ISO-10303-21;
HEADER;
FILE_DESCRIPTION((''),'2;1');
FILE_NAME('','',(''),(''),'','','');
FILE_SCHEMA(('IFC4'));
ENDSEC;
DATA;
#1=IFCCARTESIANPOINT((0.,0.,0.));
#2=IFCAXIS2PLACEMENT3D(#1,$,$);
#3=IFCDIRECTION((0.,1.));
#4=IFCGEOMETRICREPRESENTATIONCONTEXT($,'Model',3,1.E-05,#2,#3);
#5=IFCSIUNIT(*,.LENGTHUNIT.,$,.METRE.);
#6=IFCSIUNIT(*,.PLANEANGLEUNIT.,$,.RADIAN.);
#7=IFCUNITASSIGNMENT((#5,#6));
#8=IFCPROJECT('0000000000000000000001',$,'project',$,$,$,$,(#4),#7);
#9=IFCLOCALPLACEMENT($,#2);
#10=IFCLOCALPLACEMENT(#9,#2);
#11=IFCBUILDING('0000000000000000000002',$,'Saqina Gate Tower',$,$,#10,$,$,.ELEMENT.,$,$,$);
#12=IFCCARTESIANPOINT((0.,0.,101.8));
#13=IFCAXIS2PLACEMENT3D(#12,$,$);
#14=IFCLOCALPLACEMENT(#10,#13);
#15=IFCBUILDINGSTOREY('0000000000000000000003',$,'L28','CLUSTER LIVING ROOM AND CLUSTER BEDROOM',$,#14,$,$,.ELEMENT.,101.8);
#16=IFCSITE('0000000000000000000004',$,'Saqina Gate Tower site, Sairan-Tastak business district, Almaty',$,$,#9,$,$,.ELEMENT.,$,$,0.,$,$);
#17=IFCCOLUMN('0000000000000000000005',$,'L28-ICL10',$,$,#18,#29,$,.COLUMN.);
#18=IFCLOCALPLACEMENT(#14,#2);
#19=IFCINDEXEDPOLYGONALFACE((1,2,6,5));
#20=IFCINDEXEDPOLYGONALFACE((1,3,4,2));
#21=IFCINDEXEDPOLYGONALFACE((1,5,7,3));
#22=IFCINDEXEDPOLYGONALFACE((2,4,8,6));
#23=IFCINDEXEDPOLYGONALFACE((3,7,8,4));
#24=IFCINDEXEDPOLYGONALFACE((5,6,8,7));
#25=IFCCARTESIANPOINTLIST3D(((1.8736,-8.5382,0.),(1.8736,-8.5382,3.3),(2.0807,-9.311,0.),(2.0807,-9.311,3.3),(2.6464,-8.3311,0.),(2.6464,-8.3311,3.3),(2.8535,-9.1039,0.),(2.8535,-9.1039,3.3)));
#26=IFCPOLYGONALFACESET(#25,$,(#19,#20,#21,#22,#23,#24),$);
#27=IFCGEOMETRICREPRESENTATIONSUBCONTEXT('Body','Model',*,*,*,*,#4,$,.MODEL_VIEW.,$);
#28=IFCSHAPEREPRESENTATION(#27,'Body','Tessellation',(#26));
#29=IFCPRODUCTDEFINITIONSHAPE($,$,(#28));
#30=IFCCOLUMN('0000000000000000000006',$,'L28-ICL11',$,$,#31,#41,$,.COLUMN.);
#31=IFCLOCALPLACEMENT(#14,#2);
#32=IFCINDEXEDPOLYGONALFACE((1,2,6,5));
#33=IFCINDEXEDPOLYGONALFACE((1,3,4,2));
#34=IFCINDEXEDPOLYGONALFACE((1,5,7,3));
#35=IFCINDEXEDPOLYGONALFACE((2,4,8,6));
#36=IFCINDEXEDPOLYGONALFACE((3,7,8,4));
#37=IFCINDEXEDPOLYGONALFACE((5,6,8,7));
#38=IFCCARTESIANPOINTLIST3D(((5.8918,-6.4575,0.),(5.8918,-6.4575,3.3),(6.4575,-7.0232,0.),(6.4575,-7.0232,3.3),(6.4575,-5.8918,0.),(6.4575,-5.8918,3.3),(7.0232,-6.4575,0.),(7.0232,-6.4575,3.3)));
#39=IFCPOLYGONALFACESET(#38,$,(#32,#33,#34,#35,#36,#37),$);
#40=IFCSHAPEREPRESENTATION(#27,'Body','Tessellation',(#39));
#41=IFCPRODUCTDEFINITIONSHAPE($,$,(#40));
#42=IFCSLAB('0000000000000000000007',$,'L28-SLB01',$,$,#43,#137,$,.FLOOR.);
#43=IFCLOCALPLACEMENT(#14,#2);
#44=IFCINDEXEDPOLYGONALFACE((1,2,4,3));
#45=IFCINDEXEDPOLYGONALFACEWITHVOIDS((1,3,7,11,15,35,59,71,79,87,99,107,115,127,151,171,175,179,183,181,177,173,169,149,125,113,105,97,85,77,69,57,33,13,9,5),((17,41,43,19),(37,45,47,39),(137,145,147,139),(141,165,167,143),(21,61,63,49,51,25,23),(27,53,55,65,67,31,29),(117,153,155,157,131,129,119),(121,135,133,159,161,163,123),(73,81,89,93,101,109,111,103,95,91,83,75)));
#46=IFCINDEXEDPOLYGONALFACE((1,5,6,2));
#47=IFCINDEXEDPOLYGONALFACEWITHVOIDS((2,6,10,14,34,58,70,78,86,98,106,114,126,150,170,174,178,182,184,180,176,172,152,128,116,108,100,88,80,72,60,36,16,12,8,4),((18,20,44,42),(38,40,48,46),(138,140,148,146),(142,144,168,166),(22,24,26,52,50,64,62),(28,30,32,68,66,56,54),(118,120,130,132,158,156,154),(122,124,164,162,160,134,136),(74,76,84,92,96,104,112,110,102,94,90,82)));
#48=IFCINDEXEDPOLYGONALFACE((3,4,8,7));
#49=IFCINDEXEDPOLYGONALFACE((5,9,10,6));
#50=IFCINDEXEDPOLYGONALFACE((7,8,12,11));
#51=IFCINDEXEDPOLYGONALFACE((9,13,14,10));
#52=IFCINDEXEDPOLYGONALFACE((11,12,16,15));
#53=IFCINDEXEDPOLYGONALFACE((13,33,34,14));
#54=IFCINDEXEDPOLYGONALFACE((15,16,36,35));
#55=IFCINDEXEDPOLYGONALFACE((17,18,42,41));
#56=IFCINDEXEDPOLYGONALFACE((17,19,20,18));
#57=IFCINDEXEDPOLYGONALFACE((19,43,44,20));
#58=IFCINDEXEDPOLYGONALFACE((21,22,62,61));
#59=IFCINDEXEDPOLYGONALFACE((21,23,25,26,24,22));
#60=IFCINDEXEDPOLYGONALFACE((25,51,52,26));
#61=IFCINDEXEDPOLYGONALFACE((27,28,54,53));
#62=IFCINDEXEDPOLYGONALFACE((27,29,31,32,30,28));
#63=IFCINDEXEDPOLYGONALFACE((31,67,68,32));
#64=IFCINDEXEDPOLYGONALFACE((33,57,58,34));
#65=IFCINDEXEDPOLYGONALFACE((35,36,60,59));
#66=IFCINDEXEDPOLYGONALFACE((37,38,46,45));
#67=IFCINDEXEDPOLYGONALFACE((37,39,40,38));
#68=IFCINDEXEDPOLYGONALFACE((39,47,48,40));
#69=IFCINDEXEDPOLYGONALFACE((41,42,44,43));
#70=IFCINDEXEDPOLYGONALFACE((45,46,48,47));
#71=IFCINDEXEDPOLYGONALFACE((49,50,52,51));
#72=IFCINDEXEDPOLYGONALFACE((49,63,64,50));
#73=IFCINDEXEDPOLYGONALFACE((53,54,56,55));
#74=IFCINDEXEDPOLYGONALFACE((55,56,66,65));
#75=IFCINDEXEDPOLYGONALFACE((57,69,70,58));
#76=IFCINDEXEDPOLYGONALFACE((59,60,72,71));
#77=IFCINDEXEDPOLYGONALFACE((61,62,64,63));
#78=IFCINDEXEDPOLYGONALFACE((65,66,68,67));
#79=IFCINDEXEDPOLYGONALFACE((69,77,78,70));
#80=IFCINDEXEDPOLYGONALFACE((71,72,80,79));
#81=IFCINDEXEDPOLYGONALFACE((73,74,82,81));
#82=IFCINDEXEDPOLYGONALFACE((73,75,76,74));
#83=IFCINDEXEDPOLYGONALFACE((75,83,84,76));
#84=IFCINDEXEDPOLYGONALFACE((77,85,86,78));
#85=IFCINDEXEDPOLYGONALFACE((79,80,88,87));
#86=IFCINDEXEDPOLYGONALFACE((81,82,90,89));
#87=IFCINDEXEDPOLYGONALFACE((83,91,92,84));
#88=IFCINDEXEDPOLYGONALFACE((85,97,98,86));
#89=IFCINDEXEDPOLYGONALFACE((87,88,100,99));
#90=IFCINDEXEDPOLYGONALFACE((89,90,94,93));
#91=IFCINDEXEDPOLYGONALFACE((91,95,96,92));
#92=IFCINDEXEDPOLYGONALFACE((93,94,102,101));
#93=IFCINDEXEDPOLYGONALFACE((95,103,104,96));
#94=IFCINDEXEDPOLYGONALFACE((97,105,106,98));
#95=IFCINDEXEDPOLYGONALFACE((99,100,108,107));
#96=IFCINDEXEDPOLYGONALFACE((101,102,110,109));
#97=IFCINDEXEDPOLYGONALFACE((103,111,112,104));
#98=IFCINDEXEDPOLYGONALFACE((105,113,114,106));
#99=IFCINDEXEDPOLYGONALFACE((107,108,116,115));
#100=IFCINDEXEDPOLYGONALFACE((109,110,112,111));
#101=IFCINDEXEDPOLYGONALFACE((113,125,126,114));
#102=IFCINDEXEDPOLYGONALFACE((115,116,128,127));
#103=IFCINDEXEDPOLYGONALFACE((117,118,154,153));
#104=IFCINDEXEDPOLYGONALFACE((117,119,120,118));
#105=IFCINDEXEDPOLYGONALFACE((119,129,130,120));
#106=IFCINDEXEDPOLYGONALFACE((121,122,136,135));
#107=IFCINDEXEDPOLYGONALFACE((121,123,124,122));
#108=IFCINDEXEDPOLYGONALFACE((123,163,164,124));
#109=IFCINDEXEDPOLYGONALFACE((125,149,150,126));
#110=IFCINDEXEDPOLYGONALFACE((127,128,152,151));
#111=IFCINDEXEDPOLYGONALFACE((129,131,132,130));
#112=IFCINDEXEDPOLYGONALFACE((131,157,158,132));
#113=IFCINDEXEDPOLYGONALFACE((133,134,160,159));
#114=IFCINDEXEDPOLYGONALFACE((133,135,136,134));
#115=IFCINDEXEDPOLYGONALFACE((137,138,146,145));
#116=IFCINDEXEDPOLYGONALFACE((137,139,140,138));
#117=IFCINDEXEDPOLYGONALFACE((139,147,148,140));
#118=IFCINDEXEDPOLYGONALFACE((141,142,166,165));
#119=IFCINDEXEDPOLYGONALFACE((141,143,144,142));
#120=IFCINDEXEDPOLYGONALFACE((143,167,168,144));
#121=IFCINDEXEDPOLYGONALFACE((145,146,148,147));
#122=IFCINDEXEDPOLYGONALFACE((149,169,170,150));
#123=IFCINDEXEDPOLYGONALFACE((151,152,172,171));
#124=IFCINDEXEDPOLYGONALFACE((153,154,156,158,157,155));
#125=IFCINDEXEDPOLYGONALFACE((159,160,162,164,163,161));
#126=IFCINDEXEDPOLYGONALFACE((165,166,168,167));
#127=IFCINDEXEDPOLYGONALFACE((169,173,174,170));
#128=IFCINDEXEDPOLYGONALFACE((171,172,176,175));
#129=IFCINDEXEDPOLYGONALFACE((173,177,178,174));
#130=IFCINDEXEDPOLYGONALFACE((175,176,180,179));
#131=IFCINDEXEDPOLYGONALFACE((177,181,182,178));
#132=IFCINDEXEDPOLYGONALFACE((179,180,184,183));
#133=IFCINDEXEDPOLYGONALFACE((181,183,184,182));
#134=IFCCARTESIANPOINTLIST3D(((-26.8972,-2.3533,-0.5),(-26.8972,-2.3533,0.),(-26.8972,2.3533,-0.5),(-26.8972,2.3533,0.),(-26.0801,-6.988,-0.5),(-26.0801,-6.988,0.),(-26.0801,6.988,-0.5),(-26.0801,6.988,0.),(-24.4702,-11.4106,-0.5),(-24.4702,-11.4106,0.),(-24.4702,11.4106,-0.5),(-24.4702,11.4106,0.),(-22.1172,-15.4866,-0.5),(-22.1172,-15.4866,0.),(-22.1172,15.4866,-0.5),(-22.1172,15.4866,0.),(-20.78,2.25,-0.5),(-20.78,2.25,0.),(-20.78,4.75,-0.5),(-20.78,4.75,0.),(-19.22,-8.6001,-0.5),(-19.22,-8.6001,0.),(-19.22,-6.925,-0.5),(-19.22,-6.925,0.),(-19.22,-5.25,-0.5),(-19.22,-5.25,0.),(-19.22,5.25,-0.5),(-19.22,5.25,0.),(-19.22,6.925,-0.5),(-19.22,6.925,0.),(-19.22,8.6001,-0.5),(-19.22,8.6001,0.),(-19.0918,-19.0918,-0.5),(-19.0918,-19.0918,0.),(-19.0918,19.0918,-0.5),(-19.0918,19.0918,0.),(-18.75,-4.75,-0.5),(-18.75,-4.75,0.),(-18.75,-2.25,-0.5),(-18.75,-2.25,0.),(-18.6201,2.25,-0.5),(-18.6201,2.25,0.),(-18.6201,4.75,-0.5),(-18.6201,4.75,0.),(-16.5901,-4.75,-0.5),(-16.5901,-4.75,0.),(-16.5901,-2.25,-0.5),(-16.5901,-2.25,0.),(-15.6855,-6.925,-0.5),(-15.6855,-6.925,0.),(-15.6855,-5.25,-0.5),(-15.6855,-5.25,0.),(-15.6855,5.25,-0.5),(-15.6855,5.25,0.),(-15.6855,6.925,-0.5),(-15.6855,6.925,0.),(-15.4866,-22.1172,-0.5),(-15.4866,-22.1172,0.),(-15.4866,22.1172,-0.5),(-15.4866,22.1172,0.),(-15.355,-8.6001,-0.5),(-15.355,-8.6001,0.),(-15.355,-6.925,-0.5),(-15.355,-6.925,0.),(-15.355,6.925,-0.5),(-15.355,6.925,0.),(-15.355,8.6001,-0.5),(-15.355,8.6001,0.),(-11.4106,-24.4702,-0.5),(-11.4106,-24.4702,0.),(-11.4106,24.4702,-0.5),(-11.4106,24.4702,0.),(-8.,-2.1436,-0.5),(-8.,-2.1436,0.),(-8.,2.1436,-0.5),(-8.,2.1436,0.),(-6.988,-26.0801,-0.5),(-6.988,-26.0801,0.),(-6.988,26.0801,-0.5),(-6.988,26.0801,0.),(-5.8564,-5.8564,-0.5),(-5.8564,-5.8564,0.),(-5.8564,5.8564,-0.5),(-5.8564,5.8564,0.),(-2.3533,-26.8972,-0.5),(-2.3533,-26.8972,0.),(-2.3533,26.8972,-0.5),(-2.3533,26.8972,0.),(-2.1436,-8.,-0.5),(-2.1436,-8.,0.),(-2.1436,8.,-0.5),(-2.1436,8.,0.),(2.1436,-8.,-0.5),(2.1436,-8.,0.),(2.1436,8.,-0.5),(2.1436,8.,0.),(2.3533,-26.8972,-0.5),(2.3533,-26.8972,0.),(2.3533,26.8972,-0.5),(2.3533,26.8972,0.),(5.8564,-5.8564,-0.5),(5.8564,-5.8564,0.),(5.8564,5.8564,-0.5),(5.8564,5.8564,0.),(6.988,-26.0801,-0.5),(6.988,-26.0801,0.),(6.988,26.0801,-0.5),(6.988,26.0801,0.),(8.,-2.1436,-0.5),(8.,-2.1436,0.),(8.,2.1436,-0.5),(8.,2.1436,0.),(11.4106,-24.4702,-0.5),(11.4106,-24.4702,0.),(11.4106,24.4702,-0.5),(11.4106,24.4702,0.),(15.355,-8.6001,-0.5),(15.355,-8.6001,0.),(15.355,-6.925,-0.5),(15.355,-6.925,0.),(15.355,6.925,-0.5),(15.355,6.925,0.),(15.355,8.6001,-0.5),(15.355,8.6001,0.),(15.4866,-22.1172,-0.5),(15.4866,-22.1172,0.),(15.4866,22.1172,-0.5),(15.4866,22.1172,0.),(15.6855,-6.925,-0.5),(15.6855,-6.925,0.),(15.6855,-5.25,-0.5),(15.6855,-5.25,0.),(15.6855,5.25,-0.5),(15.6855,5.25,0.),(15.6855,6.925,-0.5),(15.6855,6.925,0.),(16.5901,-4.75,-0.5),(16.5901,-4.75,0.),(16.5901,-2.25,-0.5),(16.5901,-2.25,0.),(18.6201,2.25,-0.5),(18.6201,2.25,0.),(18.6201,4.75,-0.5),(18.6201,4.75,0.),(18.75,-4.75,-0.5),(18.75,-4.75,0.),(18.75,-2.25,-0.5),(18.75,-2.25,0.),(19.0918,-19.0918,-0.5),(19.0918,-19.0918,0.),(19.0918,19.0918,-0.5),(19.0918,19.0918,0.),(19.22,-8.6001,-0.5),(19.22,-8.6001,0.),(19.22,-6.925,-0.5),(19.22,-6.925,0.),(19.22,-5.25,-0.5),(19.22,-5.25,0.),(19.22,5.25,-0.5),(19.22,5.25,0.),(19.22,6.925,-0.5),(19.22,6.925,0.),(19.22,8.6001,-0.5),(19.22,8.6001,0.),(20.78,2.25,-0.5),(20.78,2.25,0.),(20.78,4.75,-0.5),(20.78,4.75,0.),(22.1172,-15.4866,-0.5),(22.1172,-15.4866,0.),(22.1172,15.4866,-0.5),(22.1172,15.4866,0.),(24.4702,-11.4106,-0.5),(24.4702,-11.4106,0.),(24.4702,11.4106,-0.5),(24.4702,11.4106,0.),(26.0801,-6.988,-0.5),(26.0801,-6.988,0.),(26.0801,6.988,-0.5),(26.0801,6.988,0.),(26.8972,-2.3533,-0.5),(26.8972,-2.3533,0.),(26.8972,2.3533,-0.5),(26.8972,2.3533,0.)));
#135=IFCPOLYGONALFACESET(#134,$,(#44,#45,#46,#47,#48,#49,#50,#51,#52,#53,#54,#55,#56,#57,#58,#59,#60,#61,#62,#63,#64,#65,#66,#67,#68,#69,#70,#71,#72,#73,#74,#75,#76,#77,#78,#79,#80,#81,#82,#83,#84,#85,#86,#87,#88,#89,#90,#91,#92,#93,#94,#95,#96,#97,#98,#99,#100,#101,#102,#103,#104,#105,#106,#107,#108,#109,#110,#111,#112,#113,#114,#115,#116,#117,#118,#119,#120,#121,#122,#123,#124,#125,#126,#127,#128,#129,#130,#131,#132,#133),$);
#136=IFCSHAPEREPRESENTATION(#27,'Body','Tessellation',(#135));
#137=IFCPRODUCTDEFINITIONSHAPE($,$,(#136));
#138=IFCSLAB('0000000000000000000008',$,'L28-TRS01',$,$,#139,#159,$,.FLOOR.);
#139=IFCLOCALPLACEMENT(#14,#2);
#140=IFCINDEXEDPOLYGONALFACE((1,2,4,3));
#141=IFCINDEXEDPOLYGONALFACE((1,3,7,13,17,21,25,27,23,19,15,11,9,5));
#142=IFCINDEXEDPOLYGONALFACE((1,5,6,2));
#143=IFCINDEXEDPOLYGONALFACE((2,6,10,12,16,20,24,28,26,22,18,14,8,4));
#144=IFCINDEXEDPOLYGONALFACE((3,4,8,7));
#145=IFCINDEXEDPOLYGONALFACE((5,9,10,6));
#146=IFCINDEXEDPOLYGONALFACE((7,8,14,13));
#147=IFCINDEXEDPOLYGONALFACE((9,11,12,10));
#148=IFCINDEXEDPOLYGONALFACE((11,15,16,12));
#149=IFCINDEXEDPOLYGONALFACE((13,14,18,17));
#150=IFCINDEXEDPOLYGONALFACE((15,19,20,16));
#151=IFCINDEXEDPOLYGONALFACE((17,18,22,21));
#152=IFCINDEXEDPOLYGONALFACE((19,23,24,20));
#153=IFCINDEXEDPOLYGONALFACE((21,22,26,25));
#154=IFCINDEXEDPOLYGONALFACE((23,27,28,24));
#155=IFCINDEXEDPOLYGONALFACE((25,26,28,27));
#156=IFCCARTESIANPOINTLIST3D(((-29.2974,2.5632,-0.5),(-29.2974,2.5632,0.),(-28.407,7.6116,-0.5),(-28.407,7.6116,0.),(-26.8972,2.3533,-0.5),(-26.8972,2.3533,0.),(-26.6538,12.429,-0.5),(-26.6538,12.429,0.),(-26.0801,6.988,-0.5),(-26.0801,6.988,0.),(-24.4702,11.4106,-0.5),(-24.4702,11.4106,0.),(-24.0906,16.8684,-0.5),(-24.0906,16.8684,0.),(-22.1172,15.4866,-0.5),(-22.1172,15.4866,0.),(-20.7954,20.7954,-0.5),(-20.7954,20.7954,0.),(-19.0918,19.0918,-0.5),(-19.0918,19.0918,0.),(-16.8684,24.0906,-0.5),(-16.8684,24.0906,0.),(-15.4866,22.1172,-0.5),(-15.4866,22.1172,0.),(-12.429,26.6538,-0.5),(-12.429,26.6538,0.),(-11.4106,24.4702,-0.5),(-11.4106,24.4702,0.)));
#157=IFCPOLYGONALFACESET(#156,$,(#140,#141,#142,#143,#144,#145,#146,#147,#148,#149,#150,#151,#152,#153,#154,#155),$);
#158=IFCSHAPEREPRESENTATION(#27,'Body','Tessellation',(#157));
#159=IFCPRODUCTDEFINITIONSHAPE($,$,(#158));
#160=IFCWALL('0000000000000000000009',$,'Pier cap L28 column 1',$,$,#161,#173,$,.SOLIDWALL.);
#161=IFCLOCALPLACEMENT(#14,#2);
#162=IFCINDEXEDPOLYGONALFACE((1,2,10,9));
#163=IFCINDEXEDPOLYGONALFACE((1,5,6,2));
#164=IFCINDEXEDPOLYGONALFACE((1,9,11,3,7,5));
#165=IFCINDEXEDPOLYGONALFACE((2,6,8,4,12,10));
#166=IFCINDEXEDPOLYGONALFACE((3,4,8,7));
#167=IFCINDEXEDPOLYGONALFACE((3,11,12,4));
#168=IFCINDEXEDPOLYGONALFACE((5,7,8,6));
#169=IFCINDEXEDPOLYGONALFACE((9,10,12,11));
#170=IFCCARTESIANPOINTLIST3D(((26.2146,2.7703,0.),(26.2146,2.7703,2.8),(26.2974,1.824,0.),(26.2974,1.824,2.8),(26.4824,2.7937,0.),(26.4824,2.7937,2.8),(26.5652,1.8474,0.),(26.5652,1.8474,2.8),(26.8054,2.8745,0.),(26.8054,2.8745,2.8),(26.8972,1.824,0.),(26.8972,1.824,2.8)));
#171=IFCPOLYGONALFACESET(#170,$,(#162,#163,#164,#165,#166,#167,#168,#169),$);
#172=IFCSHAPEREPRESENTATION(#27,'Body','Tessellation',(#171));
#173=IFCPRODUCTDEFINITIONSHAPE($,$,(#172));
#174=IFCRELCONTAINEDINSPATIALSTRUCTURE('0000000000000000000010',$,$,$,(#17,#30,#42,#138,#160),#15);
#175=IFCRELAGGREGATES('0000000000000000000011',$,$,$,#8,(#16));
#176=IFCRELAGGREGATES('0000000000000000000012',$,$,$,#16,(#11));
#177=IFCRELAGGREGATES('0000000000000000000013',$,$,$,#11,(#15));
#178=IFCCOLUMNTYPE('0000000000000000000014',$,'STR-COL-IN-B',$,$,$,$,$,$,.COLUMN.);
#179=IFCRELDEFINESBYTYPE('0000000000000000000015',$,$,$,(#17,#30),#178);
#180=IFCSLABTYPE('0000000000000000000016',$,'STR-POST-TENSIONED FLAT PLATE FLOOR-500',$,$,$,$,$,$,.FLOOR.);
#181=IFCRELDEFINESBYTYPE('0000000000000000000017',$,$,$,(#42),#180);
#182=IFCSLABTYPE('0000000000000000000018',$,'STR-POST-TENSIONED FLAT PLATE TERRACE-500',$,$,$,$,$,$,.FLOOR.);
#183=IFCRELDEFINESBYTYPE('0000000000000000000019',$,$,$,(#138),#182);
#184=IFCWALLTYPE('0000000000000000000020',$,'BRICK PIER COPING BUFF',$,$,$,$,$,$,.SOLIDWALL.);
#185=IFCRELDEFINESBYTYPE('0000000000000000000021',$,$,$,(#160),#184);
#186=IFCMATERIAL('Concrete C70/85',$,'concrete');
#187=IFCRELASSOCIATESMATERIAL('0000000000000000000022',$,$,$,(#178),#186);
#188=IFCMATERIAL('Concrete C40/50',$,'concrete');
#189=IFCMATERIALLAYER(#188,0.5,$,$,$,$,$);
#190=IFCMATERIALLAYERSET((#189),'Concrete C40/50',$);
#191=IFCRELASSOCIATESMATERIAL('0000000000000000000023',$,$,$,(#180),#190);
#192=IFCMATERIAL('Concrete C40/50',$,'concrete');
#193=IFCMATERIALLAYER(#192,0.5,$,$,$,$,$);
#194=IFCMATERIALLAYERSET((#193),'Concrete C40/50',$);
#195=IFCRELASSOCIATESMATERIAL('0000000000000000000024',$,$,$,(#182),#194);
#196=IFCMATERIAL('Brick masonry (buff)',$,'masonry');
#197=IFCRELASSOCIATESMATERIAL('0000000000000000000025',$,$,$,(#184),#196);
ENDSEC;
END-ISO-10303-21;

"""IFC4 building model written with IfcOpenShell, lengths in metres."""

from ifc_helpers import new_model, si_unit, direction, frame, origin, origin_2d, place, context, subcontext, project, spatial, polyline, rectangle, outline, extrude, material, layer, layer_set, material_profile, profile_set, type_object, element, save


model = new_model("IFC4")

# Units and contexts
model_context = context("Model", 3, precision=1e-05, world=origin(), true_north=direction((0.0, 1.0)))
body_context = subcontext(model_context, "Body", "Model", "MODEL_VIEW")
ifc_project = project(units=[si_unit("LENGTHUNIT", "METRE"), si_unit("PLANEANGLEUNIT", "RADIAN")], contexts=[model_context])

# Site, building, storey
site_placement = place(None, origin())
site = spatial("IfcSite", under=ifc_project, at=site_placement, Name="Saqina Gate Tower site, Sairan-Tastak business district, Almaty", CompositionType="ELEMENT", RefElevation=0.0)
building_placement = place(site_placement, origin())
building = spatial("IfcBuilding", under=site, at=building_placement, Name="Saqina Gate Tower", CompositionType="ELEMENT")
storey_placement = place(building_placement, frame((0.0, 0.0, 101.8)))
storey = spatial("IfcBuildingStorey", under=building, at=storey_placement, Name="L28", Description="CLUSTER LIVING ROOM AND CLUSTER BEDROOM", CompositionType="ELEMENT", Elevation=101.8)

# Columns
ifc_material_1 = material(Name="Concrete C70/85", Category="concrete")
ifc_material_profile = material_profile(ifc_material_1, rectangle(XDim=0.8, YDim=0.8, at=origin_2d()), Name="RC 800x800")
ifc_profile_set = profile_set([ifc_material_profile], Name="Concrete C70/85")
column_type = type_object("IfcColumnType", Name="STR-COL-IN-B", PredefinedType="COLUMN", material=ifc_profile_set)
for number, where, z_axis, x_axis, name in (
    (1, (2.3635, -8.821, 0.0), (0.0, 0.0, 1.0), (0.258819, -0.965926, 0.0), "L28-ICL10"),
    (2, (6.4575, -6.4575, 0.0), (0.0, 0.0, 1.0), (0.707107, -0.707107, 0.0), "L28-ICL11"),
):
    element("IfcColumn", number, at=place(storey_placement, frame(where, z_axis=z_axis, x_axis=x_axis)), inside=storey, type_object=column_type, Name=name, PredefinedType="COLUMN", context=body_context, shape_type="SweptSolid", body=[
        extrude(rectangle(XDim=0.8, YDim=0.8, at=origin_2d()), origin(), (0.0, 0.0, 1.0), 3.3),
    ])

# Slabs
ifc_material_2 = material(Name="Concrete C40/50", Category="concrete")
ifc_layer_1 = layer(ifc_material_2, 0.5)
ifc_layer_set_1 = layer_set([ifc_layer_1], Name="Concrete C40/50")
slab_type_1 = type_object("IfcSlabType", Name="STR-POST-TENSIONED FLAT PLATE FLOOR-500", PredefinedType="FLOOR", material=ifc_layer_set_1)
slab_1_placement = place(storey_placement, frame((0.0, 0.0, -0.5)))
element("IfcSlab", 3, at=slab_1_placement, inside=storey, type_object=slab_type_1, Name="L28-SLB01", PredefinedType="FLOOR", context=body_context, shape_type="SweptSolid", body=[
    extrude(outline(polyline([(26.0801, -6.988), (26.8972, -2.3533), (26.8972, 2.3533), (26.0801, 6.988), (24.4702, 11.4106), (22.1172, 15.4866), (19.0918, 19.0918), (15.4866, 22.1172), (11.4106, 24.4702), (6.988, 26.0801), (2.3533, 26.8972), (-2.3533, 26.8972), (-6.988, 26.0801), (-11.4106, 24.4702), (-15.4866, 22.1172), (-19.0918, 19.0918), (-22.1172, 15.4866), (-24.4702, 11.4106), (-26.0801, 6.988), (-26.8972, 2.3533), (-26.8972, -2.3533), (-26.0801, -6.988), (-24.4702, -11.4106), (-22.1172, -15.4866), (-19.0918, -19.0918), (-15.4866, -22.1172), (-11.4106, -24.4702), (-6.988, -26.0801), (-2.3533, -26.8972), (2.3533, -26.8972), (6.988, -26.0801), (11.4106, -24.4702), (15.4866, -22.1172), (19.0918, -19.0918), (22.1172, -15.4866), (24.4702, -11.4106), (26.0801, -6.988)]), holes=[polyline([(2.1436, 8.0), (5.8564, 5.8564), (8.0, 2.1436), (8.0, -2.1436), (5.8564, -5.8564), (2.1436, -8.0), (-2.1436, -8.0), (-5.8564, -5.8564), (-8.0, -2.1436), (-8.0, 2.1436), (-5.8564, 5.8564), (-2.1436, 8.0), (2.1436, 8.0)]), polyline([(-15.355, -8.6001), (-19.22, -8.6001), (-19.22, -6.925), (-19.22, -5.25), (-15.6855, -5.25), (-15.6855, -6.925), (-15.355, -6.925), (-15.355, -8.6001)]), polyline([(-16.5901, -2.25), (-16.5901, -4.75), (-18.75, -4.75), (-18.75, -2.25), (-16.5901, -2.25)]), polyline([(-20.78, 4.75), (-18.6201, 4.75), (-18.6201, 2.25), (-20.78, 2.25), (-20.78, 4.75)]), polyline([(-19.22, 6.925), (-19.22, 8.6001), (-15.355, 8.6001), (-15.355, 6.925), (-15.6855, 6.925), (-15.6855, 5.25), (-19.22, 5.25), (-19.22, 6.925)]), polyline([(15.355, -8.6001), (15.355, -6.925), (15.6855, -6.925), (15.6855, -5.25), (19.22, -5.25), (19.22, -6.925), (19.22, -8.6001), (15.355, -8.6001)]), polyline([(18.75, -2.25), (18.75, -4.75), (16.5901, -4.75), (16.5901, -2.25), (18.75, -2.25)]), polyline([(18.6201, 4.75), (20.78, 4.75), (20.78, 2.25), (18.6201, 2.25), (18.6201, 4.75)]), polyline([(15.6855, 6.925), (15.355, 6.925), (15.355, 8.6001), (19.22, 8.6001), (19.22, 6.925), (19.22, 5.25), (15.6855, 5.25), (15.6855, 6.925)])]), origin(), (0.0, 0.0, 1.0), 0.5),
])
ifc_material_3 = material(Name="Concrete C40/50", Category="concrete")
ifc_layer_2 = layer(ifc_material_3, 0.5)
ifc_layer_set_2 = layer_set([ifc_layer_2], Name="Concrete C40/50")
slab_type_2 = type_object("IfcSlabType", Name="STR-POST-TENSIONED FLAT PLATE TERRACE-500", PredefinedType="FLOOR", material=ifc_layer_set_2)
slab_2_placement = place(storey_placement, frame((0.0, 0.0, -0.5)))
element("IfcSlab", 4, at=slab_2_placement, inside=storey, type_object=slab_type_2, Name="L28-TRS01", PredefinedType="FLOOR", context=body_context, shape_type="SweptSolid", body=[
    extrude(outline(polyline([(-11.4106, 24.4702), (-15.4866, 22.1172), (-19.0918, 19.0918), (-22.1172, 15.4866), (-24.4702, 11.4106), (-26.0801, 6.988), (-26.8972, 2.3533), (-29.2974, 2.5632), (-28.407, 7.6116), (-26.6538, 12.429), (-24.0906, 16.8684), (-20.7954, 20.7954), (-16.8684, 24.0906), (-12.429, 26.6538), (-11.4106, 24.4702)])), origin(), (0.0, 0.0, 1.0), 0.5),
])

# Wall
ifc_material_4 = material(Name="Brick masonry (buff)", Category="masonry")
wall_type_1 = type_object("IfcWallType", Name="BRICK PIER COPING BUFF", PredefinedType="SOLIDWALL", material=ifc_material_4)
wall_1_placement = place(storey_placement, origin())
element("IfcWall", 5, at=wall_1_placement, inside=storey, type_object=wall_type_1, Name="Pier cap L28 column 1", PredefinedType="SOLIDWALL", context=body_context, shape_type="SweptSolid", body=[
    extrude(outline(polyline([(26.8054, 2.8745), (26.2146, 2.7703), (26.4824, 2.7937), (26.5652, 1.8474), (26.2974, 1.824), (26.8972, 1.824), (26.8054, 2.8745)])), origin(), (0.0, 0.0, 1.0), 2.8),
])

save(model, "model.ifc")
